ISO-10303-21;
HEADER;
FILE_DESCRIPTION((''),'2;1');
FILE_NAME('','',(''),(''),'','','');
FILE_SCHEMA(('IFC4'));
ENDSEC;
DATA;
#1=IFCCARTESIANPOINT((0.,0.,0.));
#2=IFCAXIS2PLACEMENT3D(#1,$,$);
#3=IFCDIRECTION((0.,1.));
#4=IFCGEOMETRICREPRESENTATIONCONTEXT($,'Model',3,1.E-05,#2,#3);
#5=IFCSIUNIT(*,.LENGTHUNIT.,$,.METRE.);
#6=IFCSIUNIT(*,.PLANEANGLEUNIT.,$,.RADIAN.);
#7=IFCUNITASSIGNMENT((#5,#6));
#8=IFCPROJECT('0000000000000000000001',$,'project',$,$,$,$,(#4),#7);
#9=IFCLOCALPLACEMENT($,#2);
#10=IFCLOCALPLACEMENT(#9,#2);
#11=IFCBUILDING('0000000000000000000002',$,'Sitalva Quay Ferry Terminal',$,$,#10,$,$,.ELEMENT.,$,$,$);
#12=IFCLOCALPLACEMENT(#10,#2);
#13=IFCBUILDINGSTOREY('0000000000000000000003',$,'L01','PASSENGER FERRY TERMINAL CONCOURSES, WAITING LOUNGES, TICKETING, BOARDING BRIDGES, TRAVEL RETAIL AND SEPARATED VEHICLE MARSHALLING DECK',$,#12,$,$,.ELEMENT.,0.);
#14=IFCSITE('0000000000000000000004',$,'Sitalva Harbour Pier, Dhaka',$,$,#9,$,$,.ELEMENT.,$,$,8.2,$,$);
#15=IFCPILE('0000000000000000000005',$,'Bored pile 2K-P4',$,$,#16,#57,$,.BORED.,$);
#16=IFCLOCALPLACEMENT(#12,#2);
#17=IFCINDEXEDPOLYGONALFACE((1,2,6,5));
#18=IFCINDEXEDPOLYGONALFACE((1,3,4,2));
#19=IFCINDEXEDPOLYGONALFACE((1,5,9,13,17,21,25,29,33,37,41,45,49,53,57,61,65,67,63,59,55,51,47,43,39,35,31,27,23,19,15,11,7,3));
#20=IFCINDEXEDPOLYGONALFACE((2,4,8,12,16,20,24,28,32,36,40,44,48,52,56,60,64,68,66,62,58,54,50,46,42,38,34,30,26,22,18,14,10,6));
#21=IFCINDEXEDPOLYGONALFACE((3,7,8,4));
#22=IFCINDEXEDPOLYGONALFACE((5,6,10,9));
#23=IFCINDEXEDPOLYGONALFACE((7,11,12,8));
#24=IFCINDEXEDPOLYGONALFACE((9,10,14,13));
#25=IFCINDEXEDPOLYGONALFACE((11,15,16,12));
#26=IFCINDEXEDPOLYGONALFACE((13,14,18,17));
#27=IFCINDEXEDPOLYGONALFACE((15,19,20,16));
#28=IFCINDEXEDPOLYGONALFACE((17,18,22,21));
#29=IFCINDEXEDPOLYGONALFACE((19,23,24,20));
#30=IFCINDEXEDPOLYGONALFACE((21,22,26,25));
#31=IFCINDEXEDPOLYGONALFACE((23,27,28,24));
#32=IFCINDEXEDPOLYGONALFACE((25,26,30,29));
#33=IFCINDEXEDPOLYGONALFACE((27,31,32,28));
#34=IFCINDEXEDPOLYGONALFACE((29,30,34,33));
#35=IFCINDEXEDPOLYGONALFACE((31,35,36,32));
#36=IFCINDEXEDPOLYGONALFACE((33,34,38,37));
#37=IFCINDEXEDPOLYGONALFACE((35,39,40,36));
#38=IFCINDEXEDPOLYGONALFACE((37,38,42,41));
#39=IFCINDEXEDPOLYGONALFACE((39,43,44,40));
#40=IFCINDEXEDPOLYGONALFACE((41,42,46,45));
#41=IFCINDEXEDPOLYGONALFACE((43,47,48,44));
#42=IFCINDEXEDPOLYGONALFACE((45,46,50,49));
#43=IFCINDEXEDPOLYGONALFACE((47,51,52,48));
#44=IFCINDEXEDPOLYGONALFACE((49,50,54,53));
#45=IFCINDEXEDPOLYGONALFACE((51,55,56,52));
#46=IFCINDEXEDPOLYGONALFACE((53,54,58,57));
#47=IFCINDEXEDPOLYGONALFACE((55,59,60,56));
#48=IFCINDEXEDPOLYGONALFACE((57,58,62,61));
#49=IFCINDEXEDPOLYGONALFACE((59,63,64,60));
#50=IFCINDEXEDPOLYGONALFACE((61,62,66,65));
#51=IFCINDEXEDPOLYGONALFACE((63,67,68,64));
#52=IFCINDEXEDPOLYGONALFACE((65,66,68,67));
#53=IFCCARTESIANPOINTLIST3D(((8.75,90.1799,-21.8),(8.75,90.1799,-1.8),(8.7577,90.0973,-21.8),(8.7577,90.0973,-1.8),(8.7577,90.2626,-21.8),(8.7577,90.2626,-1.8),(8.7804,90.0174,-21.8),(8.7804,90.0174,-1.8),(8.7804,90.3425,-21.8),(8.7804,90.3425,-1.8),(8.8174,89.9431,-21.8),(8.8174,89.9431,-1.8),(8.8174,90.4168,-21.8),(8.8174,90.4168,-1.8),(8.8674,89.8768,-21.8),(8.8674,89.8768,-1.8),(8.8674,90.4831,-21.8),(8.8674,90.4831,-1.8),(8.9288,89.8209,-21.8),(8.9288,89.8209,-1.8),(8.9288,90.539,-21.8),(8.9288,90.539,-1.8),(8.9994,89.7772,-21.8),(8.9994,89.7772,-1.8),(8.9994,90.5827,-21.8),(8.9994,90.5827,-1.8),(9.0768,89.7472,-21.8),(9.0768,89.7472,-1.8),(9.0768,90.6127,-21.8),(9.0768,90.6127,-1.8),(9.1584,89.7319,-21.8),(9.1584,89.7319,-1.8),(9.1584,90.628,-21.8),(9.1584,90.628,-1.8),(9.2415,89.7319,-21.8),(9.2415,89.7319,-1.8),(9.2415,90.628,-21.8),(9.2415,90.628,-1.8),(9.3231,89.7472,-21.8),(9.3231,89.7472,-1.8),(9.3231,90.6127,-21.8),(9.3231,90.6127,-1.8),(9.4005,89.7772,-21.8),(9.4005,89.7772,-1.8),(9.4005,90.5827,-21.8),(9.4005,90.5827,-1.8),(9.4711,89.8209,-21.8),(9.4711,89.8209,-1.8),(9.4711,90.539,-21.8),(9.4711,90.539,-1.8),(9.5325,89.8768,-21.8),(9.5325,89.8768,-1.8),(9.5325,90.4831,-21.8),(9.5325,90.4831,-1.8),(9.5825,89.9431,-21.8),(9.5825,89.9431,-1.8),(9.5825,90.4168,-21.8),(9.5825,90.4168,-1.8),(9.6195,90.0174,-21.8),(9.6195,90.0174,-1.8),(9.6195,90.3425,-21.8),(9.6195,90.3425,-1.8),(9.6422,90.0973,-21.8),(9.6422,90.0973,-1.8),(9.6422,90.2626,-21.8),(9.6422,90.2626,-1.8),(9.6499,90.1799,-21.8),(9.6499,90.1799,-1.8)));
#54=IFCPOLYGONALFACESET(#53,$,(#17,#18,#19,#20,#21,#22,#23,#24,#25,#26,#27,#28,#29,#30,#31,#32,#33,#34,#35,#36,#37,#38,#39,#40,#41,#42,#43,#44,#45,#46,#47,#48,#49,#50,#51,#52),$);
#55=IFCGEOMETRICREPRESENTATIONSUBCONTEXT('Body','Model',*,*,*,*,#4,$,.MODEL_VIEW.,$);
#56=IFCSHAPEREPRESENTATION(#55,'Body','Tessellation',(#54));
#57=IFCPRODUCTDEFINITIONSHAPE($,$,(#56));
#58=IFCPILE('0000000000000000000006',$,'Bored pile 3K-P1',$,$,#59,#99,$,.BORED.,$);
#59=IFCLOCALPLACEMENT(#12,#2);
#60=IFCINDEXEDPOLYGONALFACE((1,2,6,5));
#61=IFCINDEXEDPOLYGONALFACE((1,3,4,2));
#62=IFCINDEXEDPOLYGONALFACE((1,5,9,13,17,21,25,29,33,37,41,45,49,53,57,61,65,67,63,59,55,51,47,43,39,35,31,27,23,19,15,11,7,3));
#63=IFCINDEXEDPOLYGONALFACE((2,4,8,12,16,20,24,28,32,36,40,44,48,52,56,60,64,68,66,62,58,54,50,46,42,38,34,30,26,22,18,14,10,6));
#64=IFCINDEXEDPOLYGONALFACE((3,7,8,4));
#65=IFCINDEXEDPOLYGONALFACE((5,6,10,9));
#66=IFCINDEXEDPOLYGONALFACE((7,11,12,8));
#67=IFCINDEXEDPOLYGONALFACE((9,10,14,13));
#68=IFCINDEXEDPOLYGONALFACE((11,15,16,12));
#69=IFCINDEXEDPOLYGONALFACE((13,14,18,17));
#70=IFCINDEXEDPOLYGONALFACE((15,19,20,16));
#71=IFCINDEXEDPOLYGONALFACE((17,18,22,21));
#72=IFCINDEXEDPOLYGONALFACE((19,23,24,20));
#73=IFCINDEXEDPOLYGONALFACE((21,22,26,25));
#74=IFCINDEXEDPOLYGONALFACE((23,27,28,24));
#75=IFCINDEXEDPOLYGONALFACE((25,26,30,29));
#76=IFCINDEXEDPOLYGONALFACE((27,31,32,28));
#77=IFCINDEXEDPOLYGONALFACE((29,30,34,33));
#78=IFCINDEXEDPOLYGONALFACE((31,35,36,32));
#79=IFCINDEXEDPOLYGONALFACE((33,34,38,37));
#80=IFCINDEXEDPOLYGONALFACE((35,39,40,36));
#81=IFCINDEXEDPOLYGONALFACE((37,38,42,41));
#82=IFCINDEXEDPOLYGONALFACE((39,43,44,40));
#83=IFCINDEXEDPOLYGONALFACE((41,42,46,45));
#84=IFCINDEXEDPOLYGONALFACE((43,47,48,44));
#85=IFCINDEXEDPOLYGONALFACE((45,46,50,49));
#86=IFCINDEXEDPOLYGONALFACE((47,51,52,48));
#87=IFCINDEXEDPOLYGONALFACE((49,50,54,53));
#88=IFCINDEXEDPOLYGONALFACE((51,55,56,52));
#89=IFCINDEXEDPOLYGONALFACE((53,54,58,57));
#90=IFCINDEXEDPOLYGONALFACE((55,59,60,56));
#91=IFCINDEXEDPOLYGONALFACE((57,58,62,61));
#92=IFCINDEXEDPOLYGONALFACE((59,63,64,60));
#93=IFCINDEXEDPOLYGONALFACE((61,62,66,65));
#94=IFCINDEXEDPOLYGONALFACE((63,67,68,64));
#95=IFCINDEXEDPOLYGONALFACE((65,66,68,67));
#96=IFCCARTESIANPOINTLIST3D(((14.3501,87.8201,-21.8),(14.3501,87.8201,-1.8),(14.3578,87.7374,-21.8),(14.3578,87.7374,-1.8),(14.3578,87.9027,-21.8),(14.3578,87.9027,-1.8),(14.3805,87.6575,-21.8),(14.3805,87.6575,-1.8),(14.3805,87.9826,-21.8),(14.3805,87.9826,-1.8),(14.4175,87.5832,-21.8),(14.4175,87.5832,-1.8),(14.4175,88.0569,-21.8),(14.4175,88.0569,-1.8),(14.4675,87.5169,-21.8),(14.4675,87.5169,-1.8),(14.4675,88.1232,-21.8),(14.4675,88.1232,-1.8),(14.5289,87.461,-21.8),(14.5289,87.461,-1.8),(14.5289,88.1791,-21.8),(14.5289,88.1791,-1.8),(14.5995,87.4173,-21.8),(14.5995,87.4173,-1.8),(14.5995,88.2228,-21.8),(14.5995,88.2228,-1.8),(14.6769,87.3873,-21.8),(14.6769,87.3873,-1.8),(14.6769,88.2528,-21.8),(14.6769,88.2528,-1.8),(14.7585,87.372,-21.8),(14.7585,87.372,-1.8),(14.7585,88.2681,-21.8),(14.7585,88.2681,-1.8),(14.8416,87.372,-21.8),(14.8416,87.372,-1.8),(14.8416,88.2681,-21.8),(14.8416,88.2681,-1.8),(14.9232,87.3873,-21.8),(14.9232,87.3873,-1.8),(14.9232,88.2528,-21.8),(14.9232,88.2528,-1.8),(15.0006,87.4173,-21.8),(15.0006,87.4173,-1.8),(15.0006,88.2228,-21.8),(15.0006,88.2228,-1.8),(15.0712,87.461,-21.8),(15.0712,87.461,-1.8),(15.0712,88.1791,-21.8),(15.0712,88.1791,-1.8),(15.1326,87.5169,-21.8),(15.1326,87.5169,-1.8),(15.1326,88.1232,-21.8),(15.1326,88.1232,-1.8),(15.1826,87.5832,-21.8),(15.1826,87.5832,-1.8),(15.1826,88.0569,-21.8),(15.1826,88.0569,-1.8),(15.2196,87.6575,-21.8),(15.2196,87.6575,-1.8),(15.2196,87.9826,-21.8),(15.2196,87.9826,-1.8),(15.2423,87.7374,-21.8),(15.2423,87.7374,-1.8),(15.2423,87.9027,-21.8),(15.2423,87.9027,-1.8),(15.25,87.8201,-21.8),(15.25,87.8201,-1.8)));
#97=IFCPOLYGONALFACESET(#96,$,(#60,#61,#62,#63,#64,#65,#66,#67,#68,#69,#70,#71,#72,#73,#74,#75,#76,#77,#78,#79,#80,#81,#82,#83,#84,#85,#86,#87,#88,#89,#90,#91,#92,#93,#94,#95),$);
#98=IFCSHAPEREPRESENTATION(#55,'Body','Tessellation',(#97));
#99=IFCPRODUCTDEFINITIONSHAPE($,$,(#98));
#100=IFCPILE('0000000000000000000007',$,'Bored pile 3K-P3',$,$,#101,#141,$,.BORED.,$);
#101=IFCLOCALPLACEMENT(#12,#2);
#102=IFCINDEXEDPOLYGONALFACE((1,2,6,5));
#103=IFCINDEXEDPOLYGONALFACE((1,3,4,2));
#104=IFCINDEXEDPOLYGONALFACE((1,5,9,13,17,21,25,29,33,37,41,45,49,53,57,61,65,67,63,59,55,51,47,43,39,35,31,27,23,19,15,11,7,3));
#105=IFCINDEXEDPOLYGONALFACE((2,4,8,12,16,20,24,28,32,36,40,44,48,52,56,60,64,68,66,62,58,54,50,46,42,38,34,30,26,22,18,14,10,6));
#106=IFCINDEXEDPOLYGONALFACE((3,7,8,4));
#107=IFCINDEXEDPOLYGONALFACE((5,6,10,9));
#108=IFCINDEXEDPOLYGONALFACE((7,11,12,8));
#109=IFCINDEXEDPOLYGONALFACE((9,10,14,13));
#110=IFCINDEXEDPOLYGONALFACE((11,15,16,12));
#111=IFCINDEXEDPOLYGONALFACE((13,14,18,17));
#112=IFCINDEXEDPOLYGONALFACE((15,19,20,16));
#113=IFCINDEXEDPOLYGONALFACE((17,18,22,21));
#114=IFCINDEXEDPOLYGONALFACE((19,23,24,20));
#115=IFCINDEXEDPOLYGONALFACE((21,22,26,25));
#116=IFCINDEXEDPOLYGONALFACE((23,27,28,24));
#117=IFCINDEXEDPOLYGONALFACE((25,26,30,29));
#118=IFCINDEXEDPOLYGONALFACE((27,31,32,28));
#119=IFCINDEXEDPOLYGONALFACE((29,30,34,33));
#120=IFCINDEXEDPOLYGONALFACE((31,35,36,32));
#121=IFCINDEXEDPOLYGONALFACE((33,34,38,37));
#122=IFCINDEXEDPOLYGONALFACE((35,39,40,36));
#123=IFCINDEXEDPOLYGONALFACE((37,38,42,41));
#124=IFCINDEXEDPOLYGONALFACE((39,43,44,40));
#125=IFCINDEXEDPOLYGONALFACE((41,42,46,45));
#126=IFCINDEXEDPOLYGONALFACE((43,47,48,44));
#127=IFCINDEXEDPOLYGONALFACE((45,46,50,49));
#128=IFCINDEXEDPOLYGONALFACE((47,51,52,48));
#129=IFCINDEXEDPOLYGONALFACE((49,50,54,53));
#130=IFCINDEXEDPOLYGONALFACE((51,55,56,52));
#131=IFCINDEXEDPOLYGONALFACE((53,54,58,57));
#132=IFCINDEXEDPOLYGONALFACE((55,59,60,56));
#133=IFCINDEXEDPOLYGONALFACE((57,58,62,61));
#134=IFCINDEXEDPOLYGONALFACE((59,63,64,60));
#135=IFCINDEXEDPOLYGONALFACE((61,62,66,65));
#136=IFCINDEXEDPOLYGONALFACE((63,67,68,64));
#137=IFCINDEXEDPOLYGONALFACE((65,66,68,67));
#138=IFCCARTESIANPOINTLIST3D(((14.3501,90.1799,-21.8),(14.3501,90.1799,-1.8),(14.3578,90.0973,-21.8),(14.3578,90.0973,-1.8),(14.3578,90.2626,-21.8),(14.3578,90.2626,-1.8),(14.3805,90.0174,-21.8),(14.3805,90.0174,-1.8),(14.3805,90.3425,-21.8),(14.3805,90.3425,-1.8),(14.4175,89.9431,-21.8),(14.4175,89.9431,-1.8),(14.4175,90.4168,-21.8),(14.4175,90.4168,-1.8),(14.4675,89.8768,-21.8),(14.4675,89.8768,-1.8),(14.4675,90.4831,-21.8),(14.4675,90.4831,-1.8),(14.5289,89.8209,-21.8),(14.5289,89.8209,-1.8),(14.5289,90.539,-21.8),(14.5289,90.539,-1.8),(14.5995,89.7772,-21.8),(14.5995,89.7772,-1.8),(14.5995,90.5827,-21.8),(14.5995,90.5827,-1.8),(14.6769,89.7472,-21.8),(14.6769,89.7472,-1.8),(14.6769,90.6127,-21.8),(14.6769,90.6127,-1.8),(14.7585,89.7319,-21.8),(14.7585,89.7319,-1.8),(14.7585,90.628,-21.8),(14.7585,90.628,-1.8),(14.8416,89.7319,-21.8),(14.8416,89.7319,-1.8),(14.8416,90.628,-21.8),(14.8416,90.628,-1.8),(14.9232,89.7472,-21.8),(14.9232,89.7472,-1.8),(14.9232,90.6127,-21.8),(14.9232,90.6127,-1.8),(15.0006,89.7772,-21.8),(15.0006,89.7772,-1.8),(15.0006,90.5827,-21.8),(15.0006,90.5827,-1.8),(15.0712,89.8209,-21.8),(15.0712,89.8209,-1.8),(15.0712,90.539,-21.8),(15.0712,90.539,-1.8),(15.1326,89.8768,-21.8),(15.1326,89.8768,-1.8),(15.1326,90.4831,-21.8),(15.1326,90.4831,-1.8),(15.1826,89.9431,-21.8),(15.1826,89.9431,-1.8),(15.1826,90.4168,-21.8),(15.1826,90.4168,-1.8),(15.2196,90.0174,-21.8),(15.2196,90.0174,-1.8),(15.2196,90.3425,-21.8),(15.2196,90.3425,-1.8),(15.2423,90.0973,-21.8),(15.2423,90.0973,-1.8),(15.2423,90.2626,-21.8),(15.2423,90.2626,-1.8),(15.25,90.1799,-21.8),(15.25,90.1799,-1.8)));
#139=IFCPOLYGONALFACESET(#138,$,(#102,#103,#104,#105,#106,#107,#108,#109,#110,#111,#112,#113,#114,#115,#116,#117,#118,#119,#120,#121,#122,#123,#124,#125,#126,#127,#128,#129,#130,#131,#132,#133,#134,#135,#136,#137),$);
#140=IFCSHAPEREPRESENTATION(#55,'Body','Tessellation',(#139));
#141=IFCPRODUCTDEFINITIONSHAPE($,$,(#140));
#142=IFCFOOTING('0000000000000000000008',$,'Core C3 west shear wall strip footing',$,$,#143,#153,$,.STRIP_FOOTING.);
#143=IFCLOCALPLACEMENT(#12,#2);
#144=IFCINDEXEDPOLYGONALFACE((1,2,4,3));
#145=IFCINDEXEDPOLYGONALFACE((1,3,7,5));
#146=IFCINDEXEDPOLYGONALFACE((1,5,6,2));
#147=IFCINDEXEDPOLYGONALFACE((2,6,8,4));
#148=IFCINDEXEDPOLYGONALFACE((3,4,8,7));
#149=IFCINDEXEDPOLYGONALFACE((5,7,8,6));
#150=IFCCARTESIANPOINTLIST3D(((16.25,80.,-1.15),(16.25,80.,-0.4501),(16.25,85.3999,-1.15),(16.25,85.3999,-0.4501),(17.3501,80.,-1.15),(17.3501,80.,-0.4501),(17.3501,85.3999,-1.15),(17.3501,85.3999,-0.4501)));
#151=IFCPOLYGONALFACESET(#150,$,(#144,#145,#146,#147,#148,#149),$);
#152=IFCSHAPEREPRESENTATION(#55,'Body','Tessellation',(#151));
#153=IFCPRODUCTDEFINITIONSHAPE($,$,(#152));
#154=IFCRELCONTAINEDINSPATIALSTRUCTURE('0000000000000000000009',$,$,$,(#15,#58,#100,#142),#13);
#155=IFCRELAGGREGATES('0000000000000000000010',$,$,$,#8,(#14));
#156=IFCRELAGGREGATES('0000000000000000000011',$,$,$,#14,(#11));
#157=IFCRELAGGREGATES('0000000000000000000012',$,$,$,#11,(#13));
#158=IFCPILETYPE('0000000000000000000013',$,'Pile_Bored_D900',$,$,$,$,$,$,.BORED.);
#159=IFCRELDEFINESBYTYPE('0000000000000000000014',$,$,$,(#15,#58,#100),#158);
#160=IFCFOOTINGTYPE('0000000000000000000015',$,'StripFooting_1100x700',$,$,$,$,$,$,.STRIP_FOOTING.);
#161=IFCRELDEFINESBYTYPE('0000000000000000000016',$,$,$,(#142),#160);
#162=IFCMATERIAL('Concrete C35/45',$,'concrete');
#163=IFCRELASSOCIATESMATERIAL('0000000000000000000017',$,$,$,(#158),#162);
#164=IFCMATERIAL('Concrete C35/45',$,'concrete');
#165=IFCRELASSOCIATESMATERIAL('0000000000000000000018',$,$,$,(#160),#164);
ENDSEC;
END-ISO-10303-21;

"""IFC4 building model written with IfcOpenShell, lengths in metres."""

from ifc_helpers import new_model, si_unit, direction, frame, origin, origin_2d, place, context, subcontext, project, spatial, rectangle, circle, extrude, material, material_profile, profile_set, type_object, element, save


model = new_model("IFC4")

# Units and contexts
model_context = context("Model", 3, precision=1e-05, world=origin(), true_north=direction((0.0, 1.0)))
body_context = subcontext(model_context, "Body", "Model", "MODEL_VIEW")
ifc_project = project(units=[si_unit("LENGTHUNIT", "METRE"), si_unit("PLANEANGLEUNIT", "RADIAN")], contexts=[model_context])

# Site, building, storey
site_placement = place(None, origin())
site = spatial("IfcSite", under=ifc_project, at=site_placement, Name="Sitalva Harbour Pier, Dhaka", CompositionType="ELEMENT", RefElevation=8.2)
building_placement = place(site_placement, origin())
building = spatial("IfcBuilding", under=site, at=building_placement, Name="Sitalva Quay Ferry Terminal", CompositionType="ELEMENT")
storey_placement = place(building_placement, origin())
storey = spatial("IfcBuildingStorey", under=building, at=storey_placement, Name="L01", Description="PASSENGER FERRY TERMINAL CONCOURSES, WAITING LOUNGES, TICKETING, BOARDING BRIDGES, TRAVEL RETAIL AND SEPARATED VEHICLE MARSHALLING DECK", CompositionType="ELEMENT", Elevation=0.0)

# Piles
ifc_material_1 = material(Name="Concrete C35/45", Category="concrete")
ifc_material_profile_1 = material_profile(ifc_material_1, circle(Radius=0.45, at=origin_2d()), Name="PILE-D900")
ifc_profile_set_1 = profile_set([ifc_material_profile_1], Name="Concrete C35/45")
pile_type = type_object("IfcPileType", Name="Pile_Bored_D900", PredefinedType="BORED", material=ifc_profile_set_1)
for number, where, z_axis, x_axis, name in (
    (1, (9.2, 90.1799, -1.8), (0.0, 0.0, -1.0), (1.0, 0.0, 0.0), "Bored pile 2K-P4"),
    (2, (14.8, 87.8201, -1.8), (0.0, 0.0, -1.0), (1.0, 0.0, 0.0), "Bored pile 3K-P1"),
    (3, (14.8, 90.1799, -1.8), (0.0, 0.0, -1.0), (1.0, 0.0, 0.0), "Bored pile 3K-P3"),
):
    element("IfcPile", number, at=place(storey_placement, frame(where, z_axis=z_axis, x_axis=x_axis)), inside=storey, type_object=pile_type, Name=name, PredefinedType="BORED", context=body_context, shape_type="SweptSolid", body=[
        extrude(circle(Radius=0.45, at=origin_2d()), origin(), (0.0, 0.0, 1.0), 20.0),
    ])

# Footing
ifc_material_2 = material(Name="Concrete C35/45", Category="concrete")
ifc_material_profile_2 = material_profile(ifc_material_2, rectangle(XDim=1.1001, YDim=0.7, at=origin_2d()), Name="RC1100x700")
ifc_profile_set_2 = profile_set([ifc_material_profile_2], Name="Concrete C35/45")
footing_type_1 = type_object("IfcFootingType", Name="StripFooting_1100x700", PredefinedType="STRIP_FOOTING", material=ifc_profile_set_2)
footing_1_placement = place(storey_placement, frame((16.8, 80.0, -0.8), z_axis=(0.0, 1.0, 0.0), x_axis=(-1.0, 0.0, 0.0)))
element("IfcFooting", 4, at=footing_1_placement, inside=storey, type_object=footing_type_1, Name="Core C3 west shear wall strip footing", PredefinedType="STRIP_FOOTING", context=body_context, shape_type="SweptSolid", body=[
    extrude(rectangle(XDim=1.1001, YDim=0.7, at=origin_2d()), origin(), (0.0, 0.0, 1.0), 5.3999),
])

save(model, "model.ifc")
